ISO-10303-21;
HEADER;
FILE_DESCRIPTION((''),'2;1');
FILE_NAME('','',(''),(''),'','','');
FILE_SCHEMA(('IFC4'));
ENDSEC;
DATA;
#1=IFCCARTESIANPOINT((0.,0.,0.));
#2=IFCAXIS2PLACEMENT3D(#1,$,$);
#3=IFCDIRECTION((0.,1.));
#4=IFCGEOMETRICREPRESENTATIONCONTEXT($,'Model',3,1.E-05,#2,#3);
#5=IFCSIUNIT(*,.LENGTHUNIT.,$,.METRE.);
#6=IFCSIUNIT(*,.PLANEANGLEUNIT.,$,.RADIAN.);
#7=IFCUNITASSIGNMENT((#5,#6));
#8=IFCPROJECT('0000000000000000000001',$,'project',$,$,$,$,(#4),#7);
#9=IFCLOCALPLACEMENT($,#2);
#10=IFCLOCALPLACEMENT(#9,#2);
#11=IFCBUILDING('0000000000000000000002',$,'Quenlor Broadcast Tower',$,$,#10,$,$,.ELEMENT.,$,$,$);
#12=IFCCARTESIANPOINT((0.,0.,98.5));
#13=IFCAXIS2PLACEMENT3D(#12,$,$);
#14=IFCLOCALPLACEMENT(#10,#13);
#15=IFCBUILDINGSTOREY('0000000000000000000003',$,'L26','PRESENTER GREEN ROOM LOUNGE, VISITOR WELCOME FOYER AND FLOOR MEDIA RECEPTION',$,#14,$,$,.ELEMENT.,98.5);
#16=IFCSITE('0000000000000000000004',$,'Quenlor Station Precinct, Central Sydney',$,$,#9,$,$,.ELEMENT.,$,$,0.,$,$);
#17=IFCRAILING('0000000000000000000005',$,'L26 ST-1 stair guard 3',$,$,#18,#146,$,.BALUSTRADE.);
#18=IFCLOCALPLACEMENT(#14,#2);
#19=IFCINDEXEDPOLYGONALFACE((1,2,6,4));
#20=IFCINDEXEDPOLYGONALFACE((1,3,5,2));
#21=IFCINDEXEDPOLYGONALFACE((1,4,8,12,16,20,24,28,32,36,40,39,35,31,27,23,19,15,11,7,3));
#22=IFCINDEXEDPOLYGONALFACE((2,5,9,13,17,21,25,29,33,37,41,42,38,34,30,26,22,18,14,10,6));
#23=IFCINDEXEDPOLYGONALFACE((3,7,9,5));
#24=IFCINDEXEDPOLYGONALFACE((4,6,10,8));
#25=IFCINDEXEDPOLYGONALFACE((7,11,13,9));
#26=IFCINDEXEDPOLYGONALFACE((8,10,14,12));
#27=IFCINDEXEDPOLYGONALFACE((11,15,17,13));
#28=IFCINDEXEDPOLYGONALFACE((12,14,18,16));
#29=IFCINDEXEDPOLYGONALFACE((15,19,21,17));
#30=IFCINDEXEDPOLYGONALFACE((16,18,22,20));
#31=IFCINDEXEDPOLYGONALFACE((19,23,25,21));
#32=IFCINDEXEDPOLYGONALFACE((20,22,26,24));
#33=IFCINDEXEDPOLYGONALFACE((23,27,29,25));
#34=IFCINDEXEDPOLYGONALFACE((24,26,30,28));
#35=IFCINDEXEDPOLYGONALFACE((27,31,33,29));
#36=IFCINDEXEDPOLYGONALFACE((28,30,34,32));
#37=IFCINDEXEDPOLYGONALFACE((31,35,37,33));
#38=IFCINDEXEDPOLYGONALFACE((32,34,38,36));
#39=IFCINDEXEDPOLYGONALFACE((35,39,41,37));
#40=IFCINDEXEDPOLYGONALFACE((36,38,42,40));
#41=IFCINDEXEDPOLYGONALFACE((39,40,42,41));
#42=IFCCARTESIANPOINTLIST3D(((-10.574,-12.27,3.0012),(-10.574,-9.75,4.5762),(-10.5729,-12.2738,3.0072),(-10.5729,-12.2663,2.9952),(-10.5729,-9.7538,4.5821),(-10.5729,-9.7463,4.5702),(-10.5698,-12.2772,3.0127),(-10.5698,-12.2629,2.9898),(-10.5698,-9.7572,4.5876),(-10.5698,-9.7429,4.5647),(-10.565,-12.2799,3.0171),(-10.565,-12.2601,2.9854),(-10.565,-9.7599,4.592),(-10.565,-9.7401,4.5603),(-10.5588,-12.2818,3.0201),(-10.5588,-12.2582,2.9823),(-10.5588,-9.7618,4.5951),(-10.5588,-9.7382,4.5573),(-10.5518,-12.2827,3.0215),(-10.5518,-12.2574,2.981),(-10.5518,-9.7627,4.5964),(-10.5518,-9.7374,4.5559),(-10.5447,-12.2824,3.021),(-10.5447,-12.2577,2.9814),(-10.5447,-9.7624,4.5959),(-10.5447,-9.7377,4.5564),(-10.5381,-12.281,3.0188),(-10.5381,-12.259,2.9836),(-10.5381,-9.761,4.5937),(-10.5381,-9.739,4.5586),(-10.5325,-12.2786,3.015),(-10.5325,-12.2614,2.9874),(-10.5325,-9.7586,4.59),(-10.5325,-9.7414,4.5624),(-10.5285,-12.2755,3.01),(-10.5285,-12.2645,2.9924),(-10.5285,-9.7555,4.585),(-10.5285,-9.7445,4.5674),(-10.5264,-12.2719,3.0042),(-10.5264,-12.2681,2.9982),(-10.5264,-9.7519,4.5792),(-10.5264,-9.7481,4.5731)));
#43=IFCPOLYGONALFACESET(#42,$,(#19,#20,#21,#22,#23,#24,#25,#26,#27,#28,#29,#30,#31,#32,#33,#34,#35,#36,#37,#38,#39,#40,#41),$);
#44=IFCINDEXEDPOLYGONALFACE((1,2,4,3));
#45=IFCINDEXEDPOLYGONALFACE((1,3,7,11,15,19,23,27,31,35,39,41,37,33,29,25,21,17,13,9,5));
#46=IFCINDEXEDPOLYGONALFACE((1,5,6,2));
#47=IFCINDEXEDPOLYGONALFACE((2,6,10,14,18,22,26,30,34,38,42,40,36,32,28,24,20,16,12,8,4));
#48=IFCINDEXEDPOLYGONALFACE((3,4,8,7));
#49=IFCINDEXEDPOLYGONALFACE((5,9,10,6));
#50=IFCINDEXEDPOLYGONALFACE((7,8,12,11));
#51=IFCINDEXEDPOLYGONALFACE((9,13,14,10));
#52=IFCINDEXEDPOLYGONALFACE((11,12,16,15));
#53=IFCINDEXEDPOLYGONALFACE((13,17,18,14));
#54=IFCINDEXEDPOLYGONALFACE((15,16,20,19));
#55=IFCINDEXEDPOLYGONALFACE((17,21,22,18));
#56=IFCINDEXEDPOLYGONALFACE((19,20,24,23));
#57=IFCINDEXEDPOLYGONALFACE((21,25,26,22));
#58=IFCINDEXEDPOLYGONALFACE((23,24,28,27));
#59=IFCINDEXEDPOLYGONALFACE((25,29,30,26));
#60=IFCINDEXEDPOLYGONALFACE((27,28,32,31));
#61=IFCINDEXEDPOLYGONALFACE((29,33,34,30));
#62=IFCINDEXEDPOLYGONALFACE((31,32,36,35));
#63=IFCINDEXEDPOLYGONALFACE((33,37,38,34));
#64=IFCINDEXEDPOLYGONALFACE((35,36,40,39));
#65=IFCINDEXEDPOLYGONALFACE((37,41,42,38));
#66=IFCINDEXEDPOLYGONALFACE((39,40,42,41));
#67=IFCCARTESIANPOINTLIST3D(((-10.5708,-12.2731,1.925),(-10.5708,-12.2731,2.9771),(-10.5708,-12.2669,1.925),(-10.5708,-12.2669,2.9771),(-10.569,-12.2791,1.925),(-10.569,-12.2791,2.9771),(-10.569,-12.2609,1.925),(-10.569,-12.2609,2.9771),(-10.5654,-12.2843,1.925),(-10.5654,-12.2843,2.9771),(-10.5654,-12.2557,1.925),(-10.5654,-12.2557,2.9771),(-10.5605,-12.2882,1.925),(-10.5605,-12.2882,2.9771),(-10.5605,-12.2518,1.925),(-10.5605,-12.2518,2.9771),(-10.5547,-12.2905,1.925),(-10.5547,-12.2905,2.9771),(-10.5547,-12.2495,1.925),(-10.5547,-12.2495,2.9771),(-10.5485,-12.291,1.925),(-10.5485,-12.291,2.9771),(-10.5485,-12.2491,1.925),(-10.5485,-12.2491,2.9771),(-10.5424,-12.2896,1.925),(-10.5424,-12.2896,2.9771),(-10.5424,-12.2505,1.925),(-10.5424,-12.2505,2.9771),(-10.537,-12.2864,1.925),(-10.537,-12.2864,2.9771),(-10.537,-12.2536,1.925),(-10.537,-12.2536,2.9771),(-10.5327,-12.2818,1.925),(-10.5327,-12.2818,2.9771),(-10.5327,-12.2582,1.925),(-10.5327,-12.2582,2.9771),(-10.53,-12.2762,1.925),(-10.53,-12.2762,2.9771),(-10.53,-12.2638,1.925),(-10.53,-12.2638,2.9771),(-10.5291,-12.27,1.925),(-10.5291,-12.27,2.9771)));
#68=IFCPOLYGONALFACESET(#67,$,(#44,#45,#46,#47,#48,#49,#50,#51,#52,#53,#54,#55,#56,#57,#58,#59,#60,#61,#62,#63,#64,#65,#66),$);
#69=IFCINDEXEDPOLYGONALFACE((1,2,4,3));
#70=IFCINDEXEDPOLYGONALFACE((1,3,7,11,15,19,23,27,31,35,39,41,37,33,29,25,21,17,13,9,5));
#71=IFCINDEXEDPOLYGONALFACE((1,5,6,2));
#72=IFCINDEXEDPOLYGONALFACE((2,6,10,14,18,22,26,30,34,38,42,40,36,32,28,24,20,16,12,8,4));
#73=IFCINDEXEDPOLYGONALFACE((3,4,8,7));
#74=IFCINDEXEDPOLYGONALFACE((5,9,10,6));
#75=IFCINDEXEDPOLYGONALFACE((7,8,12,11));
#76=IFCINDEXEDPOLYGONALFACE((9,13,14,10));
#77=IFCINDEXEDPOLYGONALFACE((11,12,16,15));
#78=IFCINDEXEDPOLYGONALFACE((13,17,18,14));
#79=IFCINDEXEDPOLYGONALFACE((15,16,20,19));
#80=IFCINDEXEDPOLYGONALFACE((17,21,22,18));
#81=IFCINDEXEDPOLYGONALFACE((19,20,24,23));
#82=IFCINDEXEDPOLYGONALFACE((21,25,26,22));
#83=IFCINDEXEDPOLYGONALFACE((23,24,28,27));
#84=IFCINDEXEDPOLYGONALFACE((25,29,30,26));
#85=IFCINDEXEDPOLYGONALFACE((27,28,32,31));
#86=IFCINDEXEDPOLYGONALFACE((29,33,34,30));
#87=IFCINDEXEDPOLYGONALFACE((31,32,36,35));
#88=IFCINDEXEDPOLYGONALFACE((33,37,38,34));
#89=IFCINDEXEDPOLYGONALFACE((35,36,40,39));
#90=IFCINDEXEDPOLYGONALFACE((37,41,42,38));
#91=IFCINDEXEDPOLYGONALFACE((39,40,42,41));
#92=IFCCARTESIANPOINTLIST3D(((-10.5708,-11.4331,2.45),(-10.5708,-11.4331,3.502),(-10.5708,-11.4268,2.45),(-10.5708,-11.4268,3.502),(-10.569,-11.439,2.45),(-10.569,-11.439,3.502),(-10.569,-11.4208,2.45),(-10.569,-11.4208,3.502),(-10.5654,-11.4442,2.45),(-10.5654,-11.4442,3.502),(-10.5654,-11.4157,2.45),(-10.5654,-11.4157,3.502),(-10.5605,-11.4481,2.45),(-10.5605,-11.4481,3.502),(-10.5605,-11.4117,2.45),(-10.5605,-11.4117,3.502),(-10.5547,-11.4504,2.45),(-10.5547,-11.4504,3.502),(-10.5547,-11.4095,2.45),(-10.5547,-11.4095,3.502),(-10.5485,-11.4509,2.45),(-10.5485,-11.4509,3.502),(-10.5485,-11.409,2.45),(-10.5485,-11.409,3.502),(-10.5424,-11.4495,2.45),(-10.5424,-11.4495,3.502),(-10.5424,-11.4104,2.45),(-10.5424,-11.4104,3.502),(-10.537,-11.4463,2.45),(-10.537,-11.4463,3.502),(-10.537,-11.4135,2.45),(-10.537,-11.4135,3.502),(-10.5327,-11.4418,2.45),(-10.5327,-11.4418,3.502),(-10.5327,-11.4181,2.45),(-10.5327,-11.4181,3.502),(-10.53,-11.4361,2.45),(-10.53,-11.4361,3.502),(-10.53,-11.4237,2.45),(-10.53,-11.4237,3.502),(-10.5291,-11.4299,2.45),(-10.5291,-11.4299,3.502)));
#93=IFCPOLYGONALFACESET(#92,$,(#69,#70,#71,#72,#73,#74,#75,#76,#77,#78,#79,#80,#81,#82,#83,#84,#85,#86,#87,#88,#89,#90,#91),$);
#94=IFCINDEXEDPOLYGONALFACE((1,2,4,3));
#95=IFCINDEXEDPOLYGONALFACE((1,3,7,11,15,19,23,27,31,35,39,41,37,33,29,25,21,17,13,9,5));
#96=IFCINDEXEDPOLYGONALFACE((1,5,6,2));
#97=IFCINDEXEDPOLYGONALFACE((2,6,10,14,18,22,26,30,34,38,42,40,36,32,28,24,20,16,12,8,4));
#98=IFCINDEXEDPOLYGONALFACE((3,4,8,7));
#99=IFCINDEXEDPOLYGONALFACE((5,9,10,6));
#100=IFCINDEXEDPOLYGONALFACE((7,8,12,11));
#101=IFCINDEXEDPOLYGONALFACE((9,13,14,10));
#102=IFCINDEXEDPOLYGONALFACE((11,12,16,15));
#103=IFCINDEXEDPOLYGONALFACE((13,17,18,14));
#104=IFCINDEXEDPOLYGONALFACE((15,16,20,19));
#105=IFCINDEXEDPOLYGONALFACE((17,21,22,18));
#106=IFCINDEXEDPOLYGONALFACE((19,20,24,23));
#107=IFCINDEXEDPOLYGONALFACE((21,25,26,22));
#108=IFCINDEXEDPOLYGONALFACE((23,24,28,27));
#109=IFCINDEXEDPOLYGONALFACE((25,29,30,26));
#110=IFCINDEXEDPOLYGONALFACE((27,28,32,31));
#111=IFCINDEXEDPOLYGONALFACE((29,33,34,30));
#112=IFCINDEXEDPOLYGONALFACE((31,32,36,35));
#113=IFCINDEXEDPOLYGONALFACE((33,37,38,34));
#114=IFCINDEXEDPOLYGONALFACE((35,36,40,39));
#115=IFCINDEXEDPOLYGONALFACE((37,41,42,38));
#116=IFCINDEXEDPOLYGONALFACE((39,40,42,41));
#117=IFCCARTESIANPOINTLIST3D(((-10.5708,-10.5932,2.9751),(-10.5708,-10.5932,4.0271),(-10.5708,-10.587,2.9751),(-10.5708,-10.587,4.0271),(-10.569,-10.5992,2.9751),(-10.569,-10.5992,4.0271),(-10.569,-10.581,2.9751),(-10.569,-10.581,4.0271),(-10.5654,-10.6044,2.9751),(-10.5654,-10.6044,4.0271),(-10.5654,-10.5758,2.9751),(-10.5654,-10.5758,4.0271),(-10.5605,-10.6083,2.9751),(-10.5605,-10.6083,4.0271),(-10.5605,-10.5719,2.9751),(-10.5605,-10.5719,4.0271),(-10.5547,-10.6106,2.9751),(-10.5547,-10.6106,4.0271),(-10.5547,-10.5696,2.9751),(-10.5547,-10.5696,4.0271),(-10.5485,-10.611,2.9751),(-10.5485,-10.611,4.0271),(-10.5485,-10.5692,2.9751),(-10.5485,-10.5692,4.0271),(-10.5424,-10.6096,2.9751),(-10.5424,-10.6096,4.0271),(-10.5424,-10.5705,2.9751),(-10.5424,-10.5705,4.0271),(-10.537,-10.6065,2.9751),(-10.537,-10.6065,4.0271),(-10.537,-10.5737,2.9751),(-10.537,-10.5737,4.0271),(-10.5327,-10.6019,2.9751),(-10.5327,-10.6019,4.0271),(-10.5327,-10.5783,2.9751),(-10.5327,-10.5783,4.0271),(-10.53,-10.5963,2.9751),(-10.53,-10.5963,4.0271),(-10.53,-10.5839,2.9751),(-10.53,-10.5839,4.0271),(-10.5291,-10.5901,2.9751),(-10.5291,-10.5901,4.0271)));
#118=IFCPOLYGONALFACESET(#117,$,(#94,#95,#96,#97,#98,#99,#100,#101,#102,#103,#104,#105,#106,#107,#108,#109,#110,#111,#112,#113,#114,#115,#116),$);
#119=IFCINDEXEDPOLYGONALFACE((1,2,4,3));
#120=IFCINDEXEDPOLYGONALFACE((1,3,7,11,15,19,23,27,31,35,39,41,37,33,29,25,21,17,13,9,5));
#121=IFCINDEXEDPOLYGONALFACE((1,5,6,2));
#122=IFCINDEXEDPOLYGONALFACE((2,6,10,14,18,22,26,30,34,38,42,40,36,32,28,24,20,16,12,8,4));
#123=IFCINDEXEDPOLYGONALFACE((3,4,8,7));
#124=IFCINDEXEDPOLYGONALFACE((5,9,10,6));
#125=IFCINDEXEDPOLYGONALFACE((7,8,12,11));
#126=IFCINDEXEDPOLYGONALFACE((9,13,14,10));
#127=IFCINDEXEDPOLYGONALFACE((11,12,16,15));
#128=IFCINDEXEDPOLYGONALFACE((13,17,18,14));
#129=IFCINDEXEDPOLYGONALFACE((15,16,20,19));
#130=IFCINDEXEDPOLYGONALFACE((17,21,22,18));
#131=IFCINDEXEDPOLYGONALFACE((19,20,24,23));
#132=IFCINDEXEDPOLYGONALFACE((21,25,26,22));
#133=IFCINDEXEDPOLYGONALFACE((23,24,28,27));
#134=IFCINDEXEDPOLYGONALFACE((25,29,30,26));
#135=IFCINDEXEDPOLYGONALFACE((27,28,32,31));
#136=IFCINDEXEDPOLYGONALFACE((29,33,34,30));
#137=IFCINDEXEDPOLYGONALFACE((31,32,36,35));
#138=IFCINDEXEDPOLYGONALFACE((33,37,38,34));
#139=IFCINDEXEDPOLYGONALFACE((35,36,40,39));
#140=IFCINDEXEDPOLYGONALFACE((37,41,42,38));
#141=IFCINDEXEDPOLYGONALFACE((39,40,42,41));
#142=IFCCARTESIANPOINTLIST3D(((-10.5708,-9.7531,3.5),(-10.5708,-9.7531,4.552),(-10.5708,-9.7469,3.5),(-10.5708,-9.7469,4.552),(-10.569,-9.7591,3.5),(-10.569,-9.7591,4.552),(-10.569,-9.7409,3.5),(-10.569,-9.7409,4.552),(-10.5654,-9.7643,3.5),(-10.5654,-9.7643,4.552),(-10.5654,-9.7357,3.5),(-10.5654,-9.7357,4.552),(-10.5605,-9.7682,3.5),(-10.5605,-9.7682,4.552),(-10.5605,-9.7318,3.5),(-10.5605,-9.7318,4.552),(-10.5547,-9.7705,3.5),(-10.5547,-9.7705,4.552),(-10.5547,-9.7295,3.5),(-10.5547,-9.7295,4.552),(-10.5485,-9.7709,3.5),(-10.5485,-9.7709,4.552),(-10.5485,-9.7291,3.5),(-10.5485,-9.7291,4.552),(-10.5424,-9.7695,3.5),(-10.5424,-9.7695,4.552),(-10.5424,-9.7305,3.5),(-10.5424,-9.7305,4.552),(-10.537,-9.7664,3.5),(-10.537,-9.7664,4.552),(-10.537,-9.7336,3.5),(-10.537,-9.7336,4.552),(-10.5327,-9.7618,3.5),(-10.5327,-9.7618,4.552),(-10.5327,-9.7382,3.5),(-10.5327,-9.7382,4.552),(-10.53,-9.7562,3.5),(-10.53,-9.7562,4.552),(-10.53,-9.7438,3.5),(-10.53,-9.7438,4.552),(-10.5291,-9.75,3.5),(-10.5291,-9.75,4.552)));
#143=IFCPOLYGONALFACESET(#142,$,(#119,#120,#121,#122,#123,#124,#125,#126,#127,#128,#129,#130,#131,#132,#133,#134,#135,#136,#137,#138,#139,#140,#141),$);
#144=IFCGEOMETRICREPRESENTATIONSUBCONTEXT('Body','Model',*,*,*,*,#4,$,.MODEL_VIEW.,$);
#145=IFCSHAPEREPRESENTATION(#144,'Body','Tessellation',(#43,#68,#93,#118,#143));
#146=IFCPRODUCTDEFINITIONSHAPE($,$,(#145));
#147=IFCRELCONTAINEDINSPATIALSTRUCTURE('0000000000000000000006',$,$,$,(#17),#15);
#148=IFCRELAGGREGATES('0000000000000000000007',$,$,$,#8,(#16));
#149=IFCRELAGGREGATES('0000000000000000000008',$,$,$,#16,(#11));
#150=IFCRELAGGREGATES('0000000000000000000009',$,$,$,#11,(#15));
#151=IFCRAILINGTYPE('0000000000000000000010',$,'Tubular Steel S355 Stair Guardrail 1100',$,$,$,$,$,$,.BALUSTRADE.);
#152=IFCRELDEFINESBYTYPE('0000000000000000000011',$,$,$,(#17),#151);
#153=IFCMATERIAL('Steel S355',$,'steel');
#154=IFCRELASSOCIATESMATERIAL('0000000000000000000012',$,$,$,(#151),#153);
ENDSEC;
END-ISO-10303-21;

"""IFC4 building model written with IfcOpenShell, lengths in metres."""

from ifc_helpers import new_model, si_unit, direction, frame, origin, origin_2d, place, context, subcontext, project, spatial, circle, extrude, material, type_object, element, save


model = new_model("IFC4")

# Units and contexts
model_context = context("Model", 3, precision=1e-05, world=origin(), true_north=direction((0.0, 1.0)))
body_context = subcontext(model_context, "Body", "Model", "MODEL_VIEW")
ifc_project = project(units=[si_unit("LENGTHUNIT", "METRE"), si_unit("PLANEANGLEUNIT", "RADIAN")], contexts=[model_context])

# Site, building, storey
site_placement = place(None, origin())
site = spatial("IfcSite", under=ifc_project, at=site_placement, Name="Quenlor Station Precinct, Central Sydney", CompositionType="ELEMENT", RefElevation=0.0)
building_placement = place(site_placement, origin())
building = spatial("IfcBuilding", under=site, at=building_placement, Name="Quenlor Broadcast Tower", CompositionType="ELEMENT")
storey_placement = place(building_placement, frame((0.0, 0.0, 98.5)))
storey = spatial("IfcBuildingStorey", under=building, at=storey_placement, Name="L26", Description="PRESENTER GREEN ROOM LOUNGE, VISITOR WELCOME FOYER AND FLOOR MEDIA RECEPTION", CompositionType="ELEMENT", Elevation=98.5)

# Railing
ifc_material_1 = material(Name="Steel S355", Category="steel")
railing_type_1 = type_object("IfcRailingType", Name="Tubular Steel S355 Stair Guardrail 1100", PredefinedType="BALUSTRADE", material=ifc_material_1)
railing_1_placement = place(storey_placement, frame((-10.55, -12.27, 1.925)))
element("IfcRailing", 1, at=railing_1_placement, inside=storey, type_object=railing_type_1, Name="L26 ST-1 stair guard 3", PredefinedType="BALUSTRADE", context=body_context, shape_type="SweptSolid", body=[
    extrude(circle(Radius=0.0239, at=origin_2d()), frame((0.0, 0.0, 1.0762), z_axis=(0.0, 0.848008, 0.529984), x_axis=(-1.0, 0.0, 0.0)), (0.0, 0.0, 1.0), 2.9717),
    extrude(circle(Radius=0.021, at=origin_2d()), origin(), (0.0, 0.0, 1.0), 1.052),
    extrude(circle(Radius=0.021, at=origin_2d()), frame((0.0, 0.8401, 0.5249)), (0.0, 0.0, 1.0), 1.052),
    extrude(circle(Radius=0.021, at=origin_2d()), frame((0.0, 1.6799, 1.05)), (0.0, 0.0, 1.0), 1.052),
    extrude(circle(Radius=0.021, at=origin_2d()), frame((0.0, 2.52, 1.575)), (0.0, 0.0, 1.0), 1.052),
])

save(model, "model.ifc")
